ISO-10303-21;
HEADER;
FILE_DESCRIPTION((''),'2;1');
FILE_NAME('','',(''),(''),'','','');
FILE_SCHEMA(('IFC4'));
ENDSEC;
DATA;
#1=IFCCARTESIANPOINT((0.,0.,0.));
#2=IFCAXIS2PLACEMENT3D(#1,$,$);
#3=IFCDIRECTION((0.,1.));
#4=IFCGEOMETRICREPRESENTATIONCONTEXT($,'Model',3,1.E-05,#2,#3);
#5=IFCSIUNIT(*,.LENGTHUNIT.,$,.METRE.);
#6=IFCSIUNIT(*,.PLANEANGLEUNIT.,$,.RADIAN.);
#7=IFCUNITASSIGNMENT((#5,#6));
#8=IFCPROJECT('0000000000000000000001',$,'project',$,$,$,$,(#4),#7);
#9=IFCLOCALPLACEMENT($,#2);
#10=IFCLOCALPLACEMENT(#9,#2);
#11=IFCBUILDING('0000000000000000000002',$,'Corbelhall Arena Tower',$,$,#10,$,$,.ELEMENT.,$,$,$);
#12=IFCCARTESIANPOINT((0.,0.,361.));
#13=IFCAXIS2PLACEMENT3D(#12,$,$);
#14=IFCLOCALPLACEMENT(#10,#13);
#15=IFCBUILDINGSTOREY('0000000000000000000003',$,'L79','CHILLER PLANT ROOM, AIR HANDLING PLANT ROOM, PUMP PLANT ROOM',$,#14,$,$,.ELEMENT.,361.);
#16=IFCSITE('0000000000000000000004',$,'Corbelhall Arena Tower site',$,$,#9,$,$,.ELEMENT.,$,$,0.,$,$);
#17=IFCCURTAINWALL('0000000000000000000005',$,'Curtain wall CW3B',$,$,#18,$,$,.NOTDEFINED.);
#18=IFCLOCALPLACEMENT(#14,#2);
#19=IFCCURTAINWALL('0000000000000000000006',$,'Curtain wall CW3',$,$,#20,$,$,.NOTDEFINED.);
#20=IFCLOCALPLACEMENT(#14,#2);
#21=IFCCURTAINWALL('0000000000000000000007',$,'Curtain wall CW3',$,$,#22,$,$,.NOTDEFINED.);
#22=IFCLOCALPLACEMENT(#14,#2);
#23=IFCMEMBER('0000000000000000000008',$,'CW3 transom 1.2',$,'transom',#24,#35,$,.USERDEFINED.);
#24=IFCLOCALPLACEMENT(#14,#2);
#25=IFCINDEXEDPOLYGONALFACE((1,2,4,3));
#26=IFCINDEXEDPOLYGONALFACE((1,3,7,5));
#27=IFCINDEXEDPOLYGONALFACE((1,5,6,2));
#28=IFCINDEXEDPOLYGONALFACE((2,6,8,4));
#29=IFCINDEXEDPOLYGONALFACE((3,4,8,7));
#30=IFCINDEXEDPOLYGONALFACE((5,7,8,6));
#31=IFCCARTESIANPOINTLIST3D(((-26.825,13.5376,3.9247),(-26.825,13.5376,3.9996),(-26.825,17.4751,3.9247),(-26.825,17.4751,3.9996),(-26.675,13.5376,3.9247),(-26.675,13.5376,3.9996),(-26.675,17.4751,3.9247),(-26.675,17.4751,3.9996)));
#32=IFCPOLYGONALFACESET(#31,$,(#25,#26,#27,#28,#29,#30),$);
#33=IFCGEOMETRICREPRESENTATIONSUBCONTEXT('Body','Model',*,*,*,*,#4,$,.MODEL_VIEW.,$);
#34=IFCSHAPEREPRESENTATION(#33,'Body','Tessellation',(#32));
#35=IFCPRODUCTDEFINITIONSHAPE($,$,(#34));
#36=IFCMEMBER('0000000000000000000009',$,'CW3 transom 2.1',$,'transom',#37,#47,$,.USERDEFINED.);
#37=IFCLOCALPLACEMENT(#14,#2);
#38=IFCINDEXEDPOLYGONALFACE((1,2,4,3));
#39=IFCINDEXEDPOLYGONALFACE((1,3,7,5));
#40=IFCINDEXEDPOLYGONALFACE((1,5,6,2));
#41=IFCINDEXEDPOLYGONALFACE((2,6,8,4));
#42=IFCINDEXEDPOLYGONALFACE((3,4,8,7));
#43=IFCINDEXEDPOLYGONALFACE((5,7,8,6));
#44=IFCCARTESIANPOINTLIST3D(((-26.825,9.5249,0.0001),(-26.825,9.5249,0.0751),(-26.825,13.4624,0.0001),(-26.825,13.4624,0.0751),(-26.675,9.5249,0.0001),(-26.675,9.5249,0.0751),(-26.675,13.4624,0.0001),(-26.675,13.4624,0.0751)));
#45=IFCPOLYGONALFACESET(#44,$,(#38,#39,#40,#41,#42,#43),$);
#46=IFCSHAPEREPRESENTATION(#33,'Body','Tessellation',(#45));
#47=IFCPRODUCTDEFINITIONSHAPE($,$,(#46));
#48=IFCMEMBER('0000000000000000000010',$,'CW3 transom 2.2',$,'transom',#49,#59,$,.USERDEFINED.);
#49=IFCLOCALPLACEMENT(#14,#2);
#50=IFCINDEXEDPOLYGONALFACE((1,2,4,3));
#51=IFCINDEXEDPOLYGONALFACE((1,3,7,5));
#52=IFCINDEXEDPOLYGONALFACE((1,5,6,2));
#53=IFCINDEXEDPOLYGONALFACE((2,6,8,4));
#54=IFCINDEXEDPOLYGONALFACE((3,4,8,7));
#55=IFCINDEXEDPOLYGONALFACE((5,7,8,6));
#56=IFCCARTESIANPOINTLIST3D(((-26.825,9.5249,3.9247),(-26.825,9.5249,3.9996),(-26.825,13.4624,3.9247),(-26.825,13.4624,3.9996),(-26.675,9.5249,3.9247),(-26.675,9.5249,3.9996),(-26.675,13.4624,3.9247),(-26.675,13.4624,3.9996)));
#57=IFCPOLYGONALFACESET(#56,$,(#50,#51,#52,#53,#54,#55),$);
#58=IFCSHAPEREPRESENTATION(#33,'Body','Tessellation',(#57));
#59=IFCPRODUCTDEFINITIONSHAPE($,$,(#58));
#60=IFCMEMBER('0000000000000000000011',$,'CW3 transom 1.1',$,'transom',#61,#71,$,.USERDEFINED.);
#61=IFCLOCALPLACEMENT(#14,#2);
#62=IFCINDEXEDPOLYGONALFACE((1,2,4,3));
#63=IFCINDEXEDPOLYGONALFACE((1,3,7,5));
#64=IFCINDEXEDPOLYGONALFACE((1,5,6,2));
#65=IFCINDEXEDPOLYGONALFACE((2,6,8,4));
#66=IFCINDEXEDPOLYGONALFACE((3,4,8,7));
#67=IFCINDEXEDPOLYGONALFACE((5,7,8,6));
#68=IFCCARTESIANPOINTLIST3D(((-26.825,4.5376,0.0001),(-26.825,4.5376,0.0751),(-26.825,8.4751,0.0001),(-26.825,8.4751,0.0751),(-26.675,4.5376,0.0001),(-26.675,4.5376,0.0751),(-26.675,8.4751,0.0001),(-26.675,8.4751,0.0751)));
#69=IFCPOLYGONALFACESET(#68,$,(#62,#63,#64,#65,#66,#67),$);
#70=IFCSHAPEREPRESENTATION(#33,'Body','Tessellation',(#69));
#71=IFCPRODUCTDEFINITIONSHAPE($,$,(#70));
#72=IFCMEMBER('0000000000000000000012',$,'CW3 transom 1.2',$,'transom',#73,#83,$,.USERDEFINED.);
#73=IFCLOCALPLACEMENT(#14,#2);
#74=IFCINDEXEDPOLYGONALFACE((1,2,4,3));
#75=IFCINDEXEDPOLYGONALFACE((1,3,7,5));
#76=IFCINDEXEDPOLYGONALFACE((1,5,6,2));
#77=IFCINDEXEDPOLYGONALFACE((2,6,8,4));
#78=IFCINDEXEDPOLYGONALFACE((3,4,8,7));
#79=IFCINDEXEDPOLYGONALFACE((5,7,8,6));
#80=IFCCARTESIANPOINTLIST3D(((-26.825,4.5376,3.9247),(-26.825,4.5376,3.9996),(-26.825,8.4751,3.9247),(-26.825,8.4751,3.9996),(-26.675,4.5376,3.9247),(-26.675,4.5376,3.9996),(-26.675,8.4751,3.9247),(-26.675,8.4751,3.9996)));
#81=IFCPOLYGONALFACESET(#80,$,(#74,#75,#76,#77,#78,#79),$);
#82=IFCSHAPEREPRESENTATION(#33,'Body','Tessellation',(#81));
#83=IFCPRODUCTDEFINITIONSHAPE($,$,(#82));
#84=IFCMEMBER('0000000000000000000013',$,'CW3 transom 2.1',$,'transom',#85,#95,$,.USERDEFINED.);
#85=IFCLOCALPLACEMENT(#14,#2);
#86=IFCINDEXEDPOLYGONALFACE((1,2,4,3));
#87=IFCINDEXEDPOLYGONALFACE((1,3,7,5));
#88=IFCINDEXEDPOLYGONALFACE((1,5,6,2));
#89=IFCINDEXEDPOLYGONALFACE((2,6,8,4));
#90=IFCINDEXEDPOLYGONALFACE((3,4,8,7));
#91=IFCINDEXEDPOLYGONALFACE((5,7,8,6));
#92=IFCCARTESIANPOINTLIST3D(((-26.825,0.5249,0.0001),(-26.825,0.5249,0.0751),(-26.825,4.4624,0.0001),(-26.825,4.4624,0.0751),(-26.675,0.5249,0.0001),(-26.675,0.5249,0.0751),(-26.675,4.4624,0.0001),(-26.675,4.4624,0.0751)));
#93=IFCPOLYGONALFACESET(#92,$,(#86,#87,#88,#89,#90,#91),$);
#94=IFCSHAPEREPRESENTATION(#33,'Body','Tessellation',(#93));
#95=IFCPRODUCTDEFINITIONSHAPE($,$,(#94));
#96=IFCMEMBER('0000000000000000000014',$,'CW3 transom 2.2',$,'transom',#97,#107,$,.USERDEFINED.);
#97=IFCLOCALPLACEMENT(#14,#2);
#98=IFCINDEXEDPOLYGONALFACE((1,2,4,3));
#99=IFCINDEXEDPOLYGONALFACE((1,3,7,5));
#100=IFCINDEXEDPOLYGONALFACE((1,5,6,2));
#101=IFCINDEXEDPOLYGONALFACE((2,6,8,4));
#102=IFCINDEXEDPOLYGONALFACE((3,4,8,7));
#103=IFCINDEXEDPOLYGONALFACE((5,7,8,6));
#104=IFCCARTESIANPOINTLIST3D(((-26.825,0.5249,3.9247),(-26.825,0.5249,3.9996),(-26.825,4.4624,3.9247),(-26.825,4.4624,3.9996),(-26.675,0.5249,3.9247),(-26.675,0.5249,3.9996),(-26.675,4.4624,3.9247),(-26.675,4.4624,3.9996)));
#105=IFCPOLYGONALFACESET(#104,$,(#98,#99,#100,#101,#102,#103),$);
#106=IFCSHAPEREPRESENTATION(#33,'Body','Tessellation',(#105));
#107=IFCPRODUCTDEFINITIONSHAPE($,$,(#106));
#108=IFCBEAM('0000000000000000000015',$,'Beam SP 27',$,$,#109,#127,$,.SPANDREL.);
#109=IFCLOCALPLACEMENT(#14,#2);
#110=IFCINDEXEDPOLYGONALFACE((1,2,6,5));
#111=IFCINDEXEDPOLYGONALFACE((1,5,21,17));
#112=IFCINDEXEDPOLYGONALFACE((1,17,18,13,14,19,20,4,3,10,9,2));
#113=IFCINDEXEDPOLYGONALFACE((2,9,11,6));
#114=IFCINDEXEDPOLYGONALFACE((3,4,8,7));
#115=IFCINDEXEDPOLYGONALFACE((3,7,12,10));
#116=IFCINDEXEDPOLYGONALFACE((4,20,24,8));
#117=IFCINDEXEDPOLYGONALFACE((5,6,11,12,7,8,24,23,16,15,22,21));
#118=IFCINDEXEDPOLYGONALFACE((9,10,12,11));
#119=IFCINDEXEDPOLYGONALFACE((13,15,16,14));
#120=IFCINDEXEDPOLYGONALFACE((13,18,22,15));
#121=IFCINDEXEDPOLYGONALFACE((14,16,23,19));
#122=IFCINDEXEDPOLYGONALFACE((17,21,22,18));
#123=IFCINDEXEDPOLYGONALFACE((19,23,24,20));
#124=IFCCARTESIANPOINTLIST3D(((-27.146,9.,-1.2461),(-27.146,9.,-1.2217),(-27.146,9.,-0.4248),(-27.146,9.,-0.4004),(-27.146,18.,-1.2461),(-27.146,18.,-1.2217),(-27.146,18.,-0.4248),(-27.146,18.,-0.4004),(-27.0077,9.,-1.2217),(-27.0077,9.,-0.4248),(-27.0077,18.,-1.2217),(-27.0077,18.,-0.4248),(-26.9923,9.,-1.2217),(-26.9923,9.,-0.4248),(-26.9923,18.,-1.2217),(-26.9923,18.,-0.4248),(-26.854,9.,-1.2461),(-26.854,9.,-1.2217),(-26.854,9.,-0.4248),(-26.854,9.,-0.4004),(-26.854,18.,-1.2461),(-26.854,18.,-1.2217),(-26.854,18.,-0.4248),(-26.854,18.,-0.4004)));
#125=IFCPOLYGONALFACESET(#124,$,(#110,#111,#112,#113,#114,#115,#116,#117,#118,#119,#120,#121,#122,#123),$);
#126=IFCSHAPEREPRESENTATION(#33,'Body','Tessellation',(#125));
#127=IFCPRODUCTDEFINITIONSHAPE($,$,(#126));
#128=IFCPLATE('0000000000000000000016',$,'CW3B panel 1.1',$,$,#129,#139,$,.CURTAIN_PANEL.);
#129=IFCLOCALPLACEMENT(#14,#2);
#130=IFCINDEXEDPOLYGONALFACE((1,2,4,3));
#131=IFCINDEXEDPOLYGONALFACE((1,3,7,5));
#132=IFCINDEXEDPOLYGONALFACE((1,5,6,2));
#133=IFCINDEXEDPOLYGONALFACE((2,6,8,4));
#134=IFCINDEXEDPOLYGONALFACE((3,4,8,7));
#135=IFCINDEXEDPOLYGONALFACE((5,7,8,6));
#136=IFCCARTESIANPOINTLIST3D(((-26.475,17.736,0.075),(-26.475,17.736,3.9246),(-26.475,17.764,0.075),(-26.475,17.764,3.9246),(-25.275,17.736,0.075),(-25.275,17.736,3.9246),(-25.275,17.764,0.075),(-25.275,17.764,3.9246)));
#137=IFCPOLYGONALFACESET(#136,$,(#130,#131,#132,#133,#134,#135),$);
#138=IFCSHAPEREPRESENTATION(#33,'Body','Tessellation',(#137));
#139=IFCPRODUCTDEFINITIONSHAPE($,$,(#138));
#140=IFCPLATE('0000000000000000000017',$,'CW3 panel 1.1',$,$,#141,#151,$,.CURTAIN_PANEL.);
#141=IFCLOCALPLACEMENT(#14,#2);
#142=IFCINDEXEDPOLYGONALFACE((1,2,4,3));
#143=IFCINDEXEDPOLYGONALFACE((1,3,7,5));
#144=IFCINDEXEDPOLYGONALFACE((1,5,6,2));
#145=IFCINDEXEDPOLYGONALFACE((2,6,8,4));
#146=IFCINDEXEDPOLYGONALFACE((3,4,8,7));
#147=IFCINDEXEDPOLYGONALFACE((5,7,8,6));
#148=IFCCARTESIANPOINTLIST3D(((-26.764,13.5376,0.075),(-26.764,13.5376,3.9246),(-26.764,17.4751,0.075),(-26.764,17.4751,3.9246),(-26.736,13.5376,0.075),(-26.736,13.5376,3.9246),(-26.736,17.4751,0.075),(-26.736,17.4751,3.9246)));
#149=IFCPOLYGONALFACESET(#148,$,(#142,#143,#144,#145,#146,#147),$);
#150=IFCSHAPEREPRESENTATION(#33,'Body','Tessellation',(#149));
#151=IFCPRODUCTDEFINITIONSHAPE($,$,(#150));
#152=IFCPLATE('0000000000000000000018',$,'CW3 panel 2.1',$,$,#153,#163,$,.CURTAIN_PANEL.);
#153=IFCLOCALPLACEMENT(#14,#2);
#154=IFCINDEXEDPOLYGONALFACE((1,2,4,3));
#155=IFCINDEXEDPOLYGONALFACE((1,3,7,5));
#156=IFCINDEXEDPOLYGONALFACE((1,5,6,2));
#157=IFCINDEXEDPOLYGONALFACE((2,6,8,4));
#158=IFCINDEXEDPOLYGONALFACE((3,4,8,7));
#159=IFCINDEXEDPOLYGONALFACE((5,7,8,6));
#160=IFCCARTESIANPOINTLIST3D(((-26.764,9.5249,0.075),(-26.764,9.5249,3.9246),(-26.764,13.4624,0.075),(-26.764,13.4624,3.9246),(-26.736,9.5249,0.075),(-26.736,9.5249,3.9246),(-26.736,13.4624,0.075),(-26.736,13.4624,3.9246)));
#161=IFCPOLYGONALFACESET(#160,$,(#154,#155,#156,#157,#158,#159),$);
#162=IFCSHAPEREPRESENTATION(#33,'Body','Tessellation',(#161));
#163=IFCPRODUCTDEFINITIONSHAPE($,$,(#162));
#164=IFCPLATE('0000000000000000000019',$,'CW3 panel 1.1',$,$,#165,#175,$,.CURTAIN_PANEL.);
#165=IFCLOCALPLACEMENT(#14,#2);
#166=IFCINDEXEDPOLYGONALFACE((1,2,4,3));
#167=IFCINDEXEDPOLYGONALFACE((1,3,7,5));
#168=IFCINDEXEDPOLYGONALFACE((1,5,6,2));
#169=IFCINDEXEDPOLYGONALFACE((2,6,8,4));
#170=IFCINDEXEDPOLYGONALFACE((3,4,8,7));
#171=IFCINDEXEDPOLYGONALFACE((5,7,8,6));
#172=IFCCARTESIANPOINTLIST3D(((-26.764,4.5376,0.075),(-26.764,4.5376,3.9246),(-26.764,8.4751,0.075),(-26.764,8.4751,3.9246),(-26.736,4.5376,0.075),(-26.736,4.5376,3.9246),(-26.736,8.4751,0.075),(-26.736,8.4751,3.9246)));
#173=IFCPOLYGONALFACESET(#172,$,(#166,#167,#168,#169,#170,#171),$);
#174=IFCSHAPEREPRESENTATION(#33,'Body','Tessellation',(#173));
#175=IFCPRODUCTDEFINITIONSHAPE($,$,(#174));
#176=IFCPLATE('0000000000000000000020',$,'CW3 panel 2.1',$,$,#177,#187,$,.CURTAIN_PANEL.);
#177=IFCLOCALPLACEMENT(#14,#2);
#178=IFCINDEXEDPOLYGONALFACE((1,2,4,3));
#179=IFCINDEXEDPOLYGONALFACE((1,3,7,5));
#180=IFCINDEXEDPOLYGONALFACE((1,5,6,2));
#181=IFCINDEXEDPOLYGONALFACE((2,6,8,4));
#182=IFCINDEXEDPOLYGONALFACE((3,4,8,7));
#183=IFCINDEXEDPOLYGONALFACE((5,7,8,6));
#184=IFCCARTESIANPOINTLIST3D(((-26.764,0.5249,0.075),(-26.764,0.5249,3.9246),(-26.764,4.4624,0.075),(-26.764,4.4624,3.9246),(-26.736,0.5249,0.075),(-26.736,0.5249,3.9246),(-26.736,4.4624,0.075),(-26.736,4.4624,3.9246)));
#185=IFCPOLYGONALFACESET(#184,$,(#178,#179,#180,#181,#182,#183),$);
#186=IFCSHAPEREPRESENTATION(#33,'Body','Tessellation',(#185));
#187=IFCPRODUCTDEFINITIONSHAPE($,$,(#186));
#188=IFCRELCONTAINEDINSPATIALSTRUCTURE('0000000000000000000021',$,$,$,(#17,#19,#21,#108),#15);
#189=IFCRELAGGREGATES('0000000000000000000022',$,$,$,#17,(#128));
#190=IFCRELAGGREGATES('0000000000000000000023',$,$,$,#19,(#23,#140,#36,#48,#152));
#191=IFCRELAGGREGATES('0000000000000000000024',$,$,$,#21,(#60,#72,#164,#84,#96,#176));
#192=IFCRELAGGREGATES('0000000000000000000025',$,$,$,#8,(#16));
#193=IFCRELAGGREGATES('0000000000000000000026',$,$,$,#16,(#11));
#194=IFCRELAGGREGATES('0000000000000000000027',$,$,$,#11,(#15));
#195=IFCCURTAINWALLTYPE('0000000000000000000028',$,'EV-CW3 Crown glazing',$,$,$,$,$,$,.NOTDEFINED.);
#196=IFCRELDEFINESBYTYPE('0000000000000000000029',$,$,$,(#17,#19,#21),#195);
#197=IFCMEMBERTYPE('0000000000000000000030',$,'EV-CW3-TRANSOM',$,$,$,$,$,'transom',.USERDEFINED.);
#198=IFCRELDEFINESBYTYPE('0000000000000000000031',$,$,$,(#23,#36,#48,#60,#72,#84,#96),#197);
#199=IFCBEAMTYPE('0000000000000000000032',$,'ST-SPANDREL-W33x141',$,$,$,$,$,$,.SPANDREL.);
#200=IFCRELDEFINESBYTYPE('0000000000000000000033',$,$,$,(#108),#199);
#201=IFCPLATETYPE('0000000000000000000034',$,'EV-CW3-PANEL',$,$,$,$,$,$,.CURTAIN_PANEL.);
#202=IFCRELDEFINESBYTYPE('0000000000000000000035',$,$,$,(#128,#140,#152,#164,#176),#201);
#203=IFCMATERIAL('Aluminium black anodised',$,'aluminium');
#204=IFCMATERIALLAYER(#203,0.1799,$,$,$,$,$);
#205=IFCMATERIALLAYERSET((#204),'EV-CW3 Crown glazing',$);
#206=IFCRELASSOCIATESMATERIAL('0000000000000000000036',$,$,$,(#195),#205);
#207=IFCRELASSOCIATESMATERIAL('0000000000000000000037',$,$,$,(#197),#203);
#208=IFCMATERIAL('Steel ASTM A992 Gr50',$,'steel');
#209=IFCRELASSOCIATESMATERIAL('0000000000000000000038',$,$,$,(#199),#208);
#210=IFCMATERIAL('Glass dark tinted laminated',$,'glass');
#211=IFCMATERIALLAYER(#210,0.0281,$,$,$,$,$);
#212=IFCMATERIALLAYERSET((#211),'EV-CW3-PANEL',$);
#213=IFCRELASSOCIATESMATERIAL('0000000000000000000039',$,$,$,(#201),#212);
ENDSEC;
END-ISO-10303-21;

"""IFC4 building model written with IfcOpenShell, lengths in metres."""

from ifc_helpers import new_model, si_unit, direction, frame, origin, origin_2d, place, context, subcontext, project, spatial, rectangle, i_section, extrude, material, layer, layer_set, material_profile, profile_set, type_object, element, aggregate, save


model = new_model("IFC4")

# Units and contexts
model_context = context("Model", 3, precision=1e-05, world=origin(), true_north=direction((0.0, 1.0)))
body_context = subcontext(model_context, "Body", "Model", "MODEL_VIEW")
ifc_project = project(units=[si_unit("LENGTHUNIT", "METRE"), si_unit("PLANEANGLEUNIT", "RADIAN")], contexts=[model_context])

# Site, building, storey
site_placement = place(None, origin())
site = spatial("IfcSite", under=ifc_project, at=site_placement, Name="Corbelhall Arena Tower site", CompositionType="ELEMENT", RefElevation=0.0)
building_placement = place(site_placement, origin())
building = spatial("IfcBuilding", under=site, at=building_placement, Name="Corbelhall Arena Tower", CompositionType="ELEMENT")
storey_placement = place(building_placement, frame((0.0, 0.0, 361.0)))
storey = spatial("IfcBuildingStorey", under=building, at=storey_placement, Name="L79", Description="CHILLER PLANT ROOM, AIR HANDLING PLANT ROOM, PUMP PLANT ROOM", CompositionType="ELEMENT", Elevation=361.0)

# Curtain walls
ifc_material_1 = material(Name="Aluminium black anodised", Category="aluminium")
ifc_layer_1 = layer(ifc_material_1, 0.1799)
ifc_layer_set_1 = layer_set([ifc_layer_1], Name="EV-CW3 Crown glazing")
curtain_wall_type = type_object("IfcCurtainWallType", Name="EV-CW3 Crown glazing", PredefinedType="NOTDEFINED", material=ifc_layer_set_1)
curtain_wall_1_placement = place(storey_placement, origin())
curtain_wall_1 = element("IfcCurtainWall", 1, at=curtain_wall_1_placement, inside=storey, type_object=curtain_wall_type, Name="Curtain wall CW3B", PredefinedType="NOTDEFINED")
curtain_wall_2_placement = place(storey_placement, origin())
curtain_wall_2 = element("IfcCurtainWall", 2, at=curtain_wall_2_placement, inside=storey, type_object=curtain_wall_type, Name="Curtain wall CW3", PredefinedType="NOTDEFINED")
curtain_wall_3_placement = place(storey_placement, origin())
curtain_wall_3 = element("IfcCurtainWall", 3, at=curtain_wall_3_placement, inside=storey, type_object=curtain_wall_type, Name="Curtain wall CW3", PredefinedType="NOTDEFINED")

# Members
ifc_material_profile_1 = material_profile(ifc_material_1, rectangle(XDim=0.1499, YDim=0.075, at=origin_2d()))
ifc_profile_set_1 = profile_set([ifc_material_profile_1], Name="Aluminium black anodised")
member_type_1 = type_object("IfcMemberType", Name="EV-CW3-TRANSOM", ElementType="transom", PredefinedType="USERDEFINED", material=ifc_profile_set_1)
member_1_placement = place(storey_placement, frame((-26.75, 17.4751, 3.9622), z_axis=(0.0, -1.0, 0.0), x_axis=(1.0, 0.0, 0.0)))
member_1 = element("IfcMember", 4, at=member_1_placement, type_object=member_type_1, Name="CW3 transom 1.2", ObjectType="transom", PredefinedType="USERDEFINED", context=body_context, shape_type="SweptSolid", body=[
    extrude(rectangle(XDim=0.1499, YDim=0.075, at=origin_2d()), origin(), (0.0, 0.0, 1.0), 3.9375),
])
member_2_placement = place(storey_placement, frame((-26.75, 13.4624, 0.0376), z_axis=(0.0, -1.0, 0.0), x_axis=(1.0, 0.0, 0.0)))
member_2 = element("IfcMember", 5, at=member_2_placement, type_object=member_type_1, Name="CW3 transom 2.1", ObjectType="transom", PredefinedType="USERDEFINED", context=body_context, shape_type="SweptSolid", body=[
    extrude(rectangle(XDim=0.1499, YDim=0.075, at=origin_2d()), origin(), (0.0, 0.0, 1.0), 3.9375),
])
member_3_placement = place(storey_placement, frame((-26.75, 13.4624, 3.9622), z_axis=(0.0, -1.0, 0.0), x_axis=(1.0, 0.0, 0.0)))
member_3 = element("IfcMember", 6, at=member_3_placement, type_object=member_type_1, Name="CW3 transom 2.2", ObjectType="transom", PredefinedType="USERDEFINED", context=body_context, shape_type="SweptSolid", body=[
    extrude(rectangle(XDim=0.1499, YDim=0.075, at=origin_2d()), origin(), (0.0, 0.0, 1.0), 3.9375),
])
member_4_placement = place(storey_placement, frame((-26.75, 8.4751, 0.0376), z_axis=(0.0, -1.0, 0.0), x_axis=(1.0, 0.0, 0.0)))
member_4 = element("IfcMember", 7, at=member_4_placement, type_object=member_type_1, Name="CW3 transom 1.1", ObjectType="transom", PredefinedType="USERDEFINED", context=body_context, shape_type="SweptSolid", body=[
    extrude(rectangle(XDim=0.1499, YDim=0.075, at=origin_2d()), origin(), (0.0, 0.0, 1.0), 3.9375),
])
member_5_placement = place(storey_placement, frame((-26.75, 8.4751, 3.9622), z_axis=(0.0, -1.0, 0.0), x_axis=(1.0, 0.0, 0.0)))
member_5 = element("IfcMember", 8, at=member_5_placement, type_object=member_type_1, Name="CW3 transom 1.2", ObjectType="transom", PredefinedType="USERDEFINED", context=body_context, shape_type="SweptSolid", body=[
    extrude(rectangle(XDim=0.1499, YDim=0.075, at=origin_2d()), origin(), (0.0, 0.0, 1.0), 3.9375),
])
member_6_placement = place(storey_placement, frame((-26.75, 4.4624, 0.0376), z_axis=(0.0, -1.0, 0.0), x_axis=(1.0, 0.0, 0.0)))
member_6 = element("IfcMember", 9, at=member_6_placement, type_object=member_type_1, Name="CW3 transom 2.1", ObjectType="transom", PredefinedType="USERDEFINED", context=body_context, shape_type="SweptSolid", body=[
    extrude(rectangle(XDim=0.1499, YDim=0.075, at=origin_2d()), origin(), (0.0, 0.0, 1.0), 3.9375),
])
member_7_placement = place(storey_placement, frame((-26.75, 4.4624, 3.9622), z_axis=(0.0, -1.0, 0.0), x_axis=(1.0, 0.0, 0.0)))
member_7 = element("IfcMember", 10, at=member_7_placement, type_object=member_type_1, Name="CW3 transom 2.2", ObjectType="transom", PredefinedType="USERDEFINED", context=body_context, shape_type="SweptSolid", body=[
    extrude(rectangle(XDim=0.1499, YDim=0.075, at=origin_2d()), origin(), (0.0, 0.0, 1.0), 3.9375),
])

# Beam
ifc_material_2 = material(Name="Steel ASTM A992 Gr50", Category="steel")
ifc_material_profile_2 = material_profile(ifc_material_2, i_section(OverallWidth=0.292, OverallDepth=0.8457, WebThickness=0.0154, FlangeThickness=0.0244, at=origin_2d()))
ifc_profile_set_2 = profile_set([ifc_material_profile_2], Name="Steel ASTM A992 Gr50")
beam_type = type_object("IfcBeamType", Name="ST-SPANDREL-W33x141", PredefinedType="SPANDREL", material=ifc_profile_set_2)
beam_placement = place(storey_placement, frame((-27.0, 9.0, -0.8232), z_axis=(0.0, 1.0, 0.0), x_axis=(-1.0, 0.0, 0.0)))
element("IfcBeam", 11, at=beam_placement, inside=storey, type_object=beam_type, Name="Beam SP 27", PredefinedType="SPANDREL", context=body_context, shape_type="SweptSolid", body=[
    extrude(i_section(OverallWidth=0.292, OverallDepth=0.8457, WebThickness=0.0154, FlangeThickness=0.0244, at=origin_2d()), origin(), (0.0, 0.0, 1.0), 9.0),
])

# Plates
ifc_material_3 = material(Name="Glass dark tinted laminated", Category="glass")
ifc_layer_2 = layer(ifc_material_3, 0.0281)
ifc_layer_set_2 = layer_set([ifc_layer_2], Name="EV-CW3-PANEL")
plate_type = type_object("IfcPlateType", Name="EV-CW3-PANEL", PredefinedType="CURTAIN_PANEL", material=ifc_layer_set_2)
plate_1_placement = place(storey_placement, frame((-25.875, 17.75, 0.075), z_axis=(0.0, 0.0, 1.0), x_axis=(-1.0, 0.0, 0.0)))
plate_1 = element("IfcPlate", 12, at=plate_1_placement, type_object=plate_type, Name="CW3B panel 1.1", PredefinedType="CURTAIN_PANEL", context=body_context, shape_type="SweptSolid", body=[
    extrude(rectangle(XDim=1.2, YDim=0.0281, at=origin_2d()), origin(), (0.0, 0.0, 1.0), 3.8496),
])
aggregate(curtain_wall_1, [plate_1])
plate_2_placement = place(storey_placement, frame((-26.75, 15.5063, 0.075), z_axis=(0.0, 0.0, 1.0), x_axis=(0.0, -1.0, 0.0)))
plate_2 = element("IfcPlate", 13, at=plate_2_placement, type_object=plate_type, Name="CW3 panel 1.1", PredefinedType="CURTAIN_PANEL", context=body_context, shape_type="SweptSolid", body=[
    extrude(rectangle(XDim=3.9375, YDim=0.0281, at=origin_2d()), origin(), (0.0, 0.0, 1.0), 3.8496),
])
plate_3_placement = place(storey_placement, frame((-26.75, 11.4937, 0.075), z_axis=(0.0, 0.0, 1.0), x_axis=(0.0, -1.0, 0.0)))
plate_3 = element("IfcPlate", 14, at=plate_3_placement, type_object=plate_type, Name="CW3 panel 2.1", PredefinedType="CURTAIN_PANEL", context=body_context, shape_type="SweptSolid", body=[
    extrude(rectangle(XDim=3.9375, YDim=0.0281, at=origin_2d()), origin(), (0.0, 0.0, 1.0), 3.8496),
])
aggregate(curtain_wall_2, [member_1, plate_2, member_2, member_3, plate_3])
plate_4_placement = place(storey_placement, frame((-26.75, 6.5063, 0.075), z_axis=(0.0, 0.0, 1.0), x_axis=(0.0, -1.0, 0.0)))
plate_4 = element("IfcPlate", 15, at=plate_4_placement, type_object=plate_type, Name="CW3 panel 1.1", PredefinedType="CURTAIN_PANEL", context=body_context, shape_type="SweptSolid", body=[
    extrude(rectangle(XDim=3.9375, YDim=0.0281, at=origin_2d()), origin(), (0.0, 0.0, 1.0), 3.8496),
])
plate_5_placement = place(storey_placement, frame((-26.75, 2.4937, 0.075), z_axis=(0.0, 0.0, 1.0), x_axis=(0.0, -1.0, 0.0)))
plate_5 = element("IfcPlate", 16, at=plate_5_placement, type_object=plate_type, Name="CW3 panel 2.1", PredefinedType="CURTAIN_PANEL", context=body_context, shape_type="SweptSolid", body=[
    extrude(rectangle(XDim=3.9375, YDim=0.0281, at=origin_2d()), origin(), (0.0, 0.0, 1.0), 3.8496),
])
aggregate(curtain_wall_3, [member_4, member_5, plate_4, member_6, member_7, plate_5])

save(model, "model.ifc")
